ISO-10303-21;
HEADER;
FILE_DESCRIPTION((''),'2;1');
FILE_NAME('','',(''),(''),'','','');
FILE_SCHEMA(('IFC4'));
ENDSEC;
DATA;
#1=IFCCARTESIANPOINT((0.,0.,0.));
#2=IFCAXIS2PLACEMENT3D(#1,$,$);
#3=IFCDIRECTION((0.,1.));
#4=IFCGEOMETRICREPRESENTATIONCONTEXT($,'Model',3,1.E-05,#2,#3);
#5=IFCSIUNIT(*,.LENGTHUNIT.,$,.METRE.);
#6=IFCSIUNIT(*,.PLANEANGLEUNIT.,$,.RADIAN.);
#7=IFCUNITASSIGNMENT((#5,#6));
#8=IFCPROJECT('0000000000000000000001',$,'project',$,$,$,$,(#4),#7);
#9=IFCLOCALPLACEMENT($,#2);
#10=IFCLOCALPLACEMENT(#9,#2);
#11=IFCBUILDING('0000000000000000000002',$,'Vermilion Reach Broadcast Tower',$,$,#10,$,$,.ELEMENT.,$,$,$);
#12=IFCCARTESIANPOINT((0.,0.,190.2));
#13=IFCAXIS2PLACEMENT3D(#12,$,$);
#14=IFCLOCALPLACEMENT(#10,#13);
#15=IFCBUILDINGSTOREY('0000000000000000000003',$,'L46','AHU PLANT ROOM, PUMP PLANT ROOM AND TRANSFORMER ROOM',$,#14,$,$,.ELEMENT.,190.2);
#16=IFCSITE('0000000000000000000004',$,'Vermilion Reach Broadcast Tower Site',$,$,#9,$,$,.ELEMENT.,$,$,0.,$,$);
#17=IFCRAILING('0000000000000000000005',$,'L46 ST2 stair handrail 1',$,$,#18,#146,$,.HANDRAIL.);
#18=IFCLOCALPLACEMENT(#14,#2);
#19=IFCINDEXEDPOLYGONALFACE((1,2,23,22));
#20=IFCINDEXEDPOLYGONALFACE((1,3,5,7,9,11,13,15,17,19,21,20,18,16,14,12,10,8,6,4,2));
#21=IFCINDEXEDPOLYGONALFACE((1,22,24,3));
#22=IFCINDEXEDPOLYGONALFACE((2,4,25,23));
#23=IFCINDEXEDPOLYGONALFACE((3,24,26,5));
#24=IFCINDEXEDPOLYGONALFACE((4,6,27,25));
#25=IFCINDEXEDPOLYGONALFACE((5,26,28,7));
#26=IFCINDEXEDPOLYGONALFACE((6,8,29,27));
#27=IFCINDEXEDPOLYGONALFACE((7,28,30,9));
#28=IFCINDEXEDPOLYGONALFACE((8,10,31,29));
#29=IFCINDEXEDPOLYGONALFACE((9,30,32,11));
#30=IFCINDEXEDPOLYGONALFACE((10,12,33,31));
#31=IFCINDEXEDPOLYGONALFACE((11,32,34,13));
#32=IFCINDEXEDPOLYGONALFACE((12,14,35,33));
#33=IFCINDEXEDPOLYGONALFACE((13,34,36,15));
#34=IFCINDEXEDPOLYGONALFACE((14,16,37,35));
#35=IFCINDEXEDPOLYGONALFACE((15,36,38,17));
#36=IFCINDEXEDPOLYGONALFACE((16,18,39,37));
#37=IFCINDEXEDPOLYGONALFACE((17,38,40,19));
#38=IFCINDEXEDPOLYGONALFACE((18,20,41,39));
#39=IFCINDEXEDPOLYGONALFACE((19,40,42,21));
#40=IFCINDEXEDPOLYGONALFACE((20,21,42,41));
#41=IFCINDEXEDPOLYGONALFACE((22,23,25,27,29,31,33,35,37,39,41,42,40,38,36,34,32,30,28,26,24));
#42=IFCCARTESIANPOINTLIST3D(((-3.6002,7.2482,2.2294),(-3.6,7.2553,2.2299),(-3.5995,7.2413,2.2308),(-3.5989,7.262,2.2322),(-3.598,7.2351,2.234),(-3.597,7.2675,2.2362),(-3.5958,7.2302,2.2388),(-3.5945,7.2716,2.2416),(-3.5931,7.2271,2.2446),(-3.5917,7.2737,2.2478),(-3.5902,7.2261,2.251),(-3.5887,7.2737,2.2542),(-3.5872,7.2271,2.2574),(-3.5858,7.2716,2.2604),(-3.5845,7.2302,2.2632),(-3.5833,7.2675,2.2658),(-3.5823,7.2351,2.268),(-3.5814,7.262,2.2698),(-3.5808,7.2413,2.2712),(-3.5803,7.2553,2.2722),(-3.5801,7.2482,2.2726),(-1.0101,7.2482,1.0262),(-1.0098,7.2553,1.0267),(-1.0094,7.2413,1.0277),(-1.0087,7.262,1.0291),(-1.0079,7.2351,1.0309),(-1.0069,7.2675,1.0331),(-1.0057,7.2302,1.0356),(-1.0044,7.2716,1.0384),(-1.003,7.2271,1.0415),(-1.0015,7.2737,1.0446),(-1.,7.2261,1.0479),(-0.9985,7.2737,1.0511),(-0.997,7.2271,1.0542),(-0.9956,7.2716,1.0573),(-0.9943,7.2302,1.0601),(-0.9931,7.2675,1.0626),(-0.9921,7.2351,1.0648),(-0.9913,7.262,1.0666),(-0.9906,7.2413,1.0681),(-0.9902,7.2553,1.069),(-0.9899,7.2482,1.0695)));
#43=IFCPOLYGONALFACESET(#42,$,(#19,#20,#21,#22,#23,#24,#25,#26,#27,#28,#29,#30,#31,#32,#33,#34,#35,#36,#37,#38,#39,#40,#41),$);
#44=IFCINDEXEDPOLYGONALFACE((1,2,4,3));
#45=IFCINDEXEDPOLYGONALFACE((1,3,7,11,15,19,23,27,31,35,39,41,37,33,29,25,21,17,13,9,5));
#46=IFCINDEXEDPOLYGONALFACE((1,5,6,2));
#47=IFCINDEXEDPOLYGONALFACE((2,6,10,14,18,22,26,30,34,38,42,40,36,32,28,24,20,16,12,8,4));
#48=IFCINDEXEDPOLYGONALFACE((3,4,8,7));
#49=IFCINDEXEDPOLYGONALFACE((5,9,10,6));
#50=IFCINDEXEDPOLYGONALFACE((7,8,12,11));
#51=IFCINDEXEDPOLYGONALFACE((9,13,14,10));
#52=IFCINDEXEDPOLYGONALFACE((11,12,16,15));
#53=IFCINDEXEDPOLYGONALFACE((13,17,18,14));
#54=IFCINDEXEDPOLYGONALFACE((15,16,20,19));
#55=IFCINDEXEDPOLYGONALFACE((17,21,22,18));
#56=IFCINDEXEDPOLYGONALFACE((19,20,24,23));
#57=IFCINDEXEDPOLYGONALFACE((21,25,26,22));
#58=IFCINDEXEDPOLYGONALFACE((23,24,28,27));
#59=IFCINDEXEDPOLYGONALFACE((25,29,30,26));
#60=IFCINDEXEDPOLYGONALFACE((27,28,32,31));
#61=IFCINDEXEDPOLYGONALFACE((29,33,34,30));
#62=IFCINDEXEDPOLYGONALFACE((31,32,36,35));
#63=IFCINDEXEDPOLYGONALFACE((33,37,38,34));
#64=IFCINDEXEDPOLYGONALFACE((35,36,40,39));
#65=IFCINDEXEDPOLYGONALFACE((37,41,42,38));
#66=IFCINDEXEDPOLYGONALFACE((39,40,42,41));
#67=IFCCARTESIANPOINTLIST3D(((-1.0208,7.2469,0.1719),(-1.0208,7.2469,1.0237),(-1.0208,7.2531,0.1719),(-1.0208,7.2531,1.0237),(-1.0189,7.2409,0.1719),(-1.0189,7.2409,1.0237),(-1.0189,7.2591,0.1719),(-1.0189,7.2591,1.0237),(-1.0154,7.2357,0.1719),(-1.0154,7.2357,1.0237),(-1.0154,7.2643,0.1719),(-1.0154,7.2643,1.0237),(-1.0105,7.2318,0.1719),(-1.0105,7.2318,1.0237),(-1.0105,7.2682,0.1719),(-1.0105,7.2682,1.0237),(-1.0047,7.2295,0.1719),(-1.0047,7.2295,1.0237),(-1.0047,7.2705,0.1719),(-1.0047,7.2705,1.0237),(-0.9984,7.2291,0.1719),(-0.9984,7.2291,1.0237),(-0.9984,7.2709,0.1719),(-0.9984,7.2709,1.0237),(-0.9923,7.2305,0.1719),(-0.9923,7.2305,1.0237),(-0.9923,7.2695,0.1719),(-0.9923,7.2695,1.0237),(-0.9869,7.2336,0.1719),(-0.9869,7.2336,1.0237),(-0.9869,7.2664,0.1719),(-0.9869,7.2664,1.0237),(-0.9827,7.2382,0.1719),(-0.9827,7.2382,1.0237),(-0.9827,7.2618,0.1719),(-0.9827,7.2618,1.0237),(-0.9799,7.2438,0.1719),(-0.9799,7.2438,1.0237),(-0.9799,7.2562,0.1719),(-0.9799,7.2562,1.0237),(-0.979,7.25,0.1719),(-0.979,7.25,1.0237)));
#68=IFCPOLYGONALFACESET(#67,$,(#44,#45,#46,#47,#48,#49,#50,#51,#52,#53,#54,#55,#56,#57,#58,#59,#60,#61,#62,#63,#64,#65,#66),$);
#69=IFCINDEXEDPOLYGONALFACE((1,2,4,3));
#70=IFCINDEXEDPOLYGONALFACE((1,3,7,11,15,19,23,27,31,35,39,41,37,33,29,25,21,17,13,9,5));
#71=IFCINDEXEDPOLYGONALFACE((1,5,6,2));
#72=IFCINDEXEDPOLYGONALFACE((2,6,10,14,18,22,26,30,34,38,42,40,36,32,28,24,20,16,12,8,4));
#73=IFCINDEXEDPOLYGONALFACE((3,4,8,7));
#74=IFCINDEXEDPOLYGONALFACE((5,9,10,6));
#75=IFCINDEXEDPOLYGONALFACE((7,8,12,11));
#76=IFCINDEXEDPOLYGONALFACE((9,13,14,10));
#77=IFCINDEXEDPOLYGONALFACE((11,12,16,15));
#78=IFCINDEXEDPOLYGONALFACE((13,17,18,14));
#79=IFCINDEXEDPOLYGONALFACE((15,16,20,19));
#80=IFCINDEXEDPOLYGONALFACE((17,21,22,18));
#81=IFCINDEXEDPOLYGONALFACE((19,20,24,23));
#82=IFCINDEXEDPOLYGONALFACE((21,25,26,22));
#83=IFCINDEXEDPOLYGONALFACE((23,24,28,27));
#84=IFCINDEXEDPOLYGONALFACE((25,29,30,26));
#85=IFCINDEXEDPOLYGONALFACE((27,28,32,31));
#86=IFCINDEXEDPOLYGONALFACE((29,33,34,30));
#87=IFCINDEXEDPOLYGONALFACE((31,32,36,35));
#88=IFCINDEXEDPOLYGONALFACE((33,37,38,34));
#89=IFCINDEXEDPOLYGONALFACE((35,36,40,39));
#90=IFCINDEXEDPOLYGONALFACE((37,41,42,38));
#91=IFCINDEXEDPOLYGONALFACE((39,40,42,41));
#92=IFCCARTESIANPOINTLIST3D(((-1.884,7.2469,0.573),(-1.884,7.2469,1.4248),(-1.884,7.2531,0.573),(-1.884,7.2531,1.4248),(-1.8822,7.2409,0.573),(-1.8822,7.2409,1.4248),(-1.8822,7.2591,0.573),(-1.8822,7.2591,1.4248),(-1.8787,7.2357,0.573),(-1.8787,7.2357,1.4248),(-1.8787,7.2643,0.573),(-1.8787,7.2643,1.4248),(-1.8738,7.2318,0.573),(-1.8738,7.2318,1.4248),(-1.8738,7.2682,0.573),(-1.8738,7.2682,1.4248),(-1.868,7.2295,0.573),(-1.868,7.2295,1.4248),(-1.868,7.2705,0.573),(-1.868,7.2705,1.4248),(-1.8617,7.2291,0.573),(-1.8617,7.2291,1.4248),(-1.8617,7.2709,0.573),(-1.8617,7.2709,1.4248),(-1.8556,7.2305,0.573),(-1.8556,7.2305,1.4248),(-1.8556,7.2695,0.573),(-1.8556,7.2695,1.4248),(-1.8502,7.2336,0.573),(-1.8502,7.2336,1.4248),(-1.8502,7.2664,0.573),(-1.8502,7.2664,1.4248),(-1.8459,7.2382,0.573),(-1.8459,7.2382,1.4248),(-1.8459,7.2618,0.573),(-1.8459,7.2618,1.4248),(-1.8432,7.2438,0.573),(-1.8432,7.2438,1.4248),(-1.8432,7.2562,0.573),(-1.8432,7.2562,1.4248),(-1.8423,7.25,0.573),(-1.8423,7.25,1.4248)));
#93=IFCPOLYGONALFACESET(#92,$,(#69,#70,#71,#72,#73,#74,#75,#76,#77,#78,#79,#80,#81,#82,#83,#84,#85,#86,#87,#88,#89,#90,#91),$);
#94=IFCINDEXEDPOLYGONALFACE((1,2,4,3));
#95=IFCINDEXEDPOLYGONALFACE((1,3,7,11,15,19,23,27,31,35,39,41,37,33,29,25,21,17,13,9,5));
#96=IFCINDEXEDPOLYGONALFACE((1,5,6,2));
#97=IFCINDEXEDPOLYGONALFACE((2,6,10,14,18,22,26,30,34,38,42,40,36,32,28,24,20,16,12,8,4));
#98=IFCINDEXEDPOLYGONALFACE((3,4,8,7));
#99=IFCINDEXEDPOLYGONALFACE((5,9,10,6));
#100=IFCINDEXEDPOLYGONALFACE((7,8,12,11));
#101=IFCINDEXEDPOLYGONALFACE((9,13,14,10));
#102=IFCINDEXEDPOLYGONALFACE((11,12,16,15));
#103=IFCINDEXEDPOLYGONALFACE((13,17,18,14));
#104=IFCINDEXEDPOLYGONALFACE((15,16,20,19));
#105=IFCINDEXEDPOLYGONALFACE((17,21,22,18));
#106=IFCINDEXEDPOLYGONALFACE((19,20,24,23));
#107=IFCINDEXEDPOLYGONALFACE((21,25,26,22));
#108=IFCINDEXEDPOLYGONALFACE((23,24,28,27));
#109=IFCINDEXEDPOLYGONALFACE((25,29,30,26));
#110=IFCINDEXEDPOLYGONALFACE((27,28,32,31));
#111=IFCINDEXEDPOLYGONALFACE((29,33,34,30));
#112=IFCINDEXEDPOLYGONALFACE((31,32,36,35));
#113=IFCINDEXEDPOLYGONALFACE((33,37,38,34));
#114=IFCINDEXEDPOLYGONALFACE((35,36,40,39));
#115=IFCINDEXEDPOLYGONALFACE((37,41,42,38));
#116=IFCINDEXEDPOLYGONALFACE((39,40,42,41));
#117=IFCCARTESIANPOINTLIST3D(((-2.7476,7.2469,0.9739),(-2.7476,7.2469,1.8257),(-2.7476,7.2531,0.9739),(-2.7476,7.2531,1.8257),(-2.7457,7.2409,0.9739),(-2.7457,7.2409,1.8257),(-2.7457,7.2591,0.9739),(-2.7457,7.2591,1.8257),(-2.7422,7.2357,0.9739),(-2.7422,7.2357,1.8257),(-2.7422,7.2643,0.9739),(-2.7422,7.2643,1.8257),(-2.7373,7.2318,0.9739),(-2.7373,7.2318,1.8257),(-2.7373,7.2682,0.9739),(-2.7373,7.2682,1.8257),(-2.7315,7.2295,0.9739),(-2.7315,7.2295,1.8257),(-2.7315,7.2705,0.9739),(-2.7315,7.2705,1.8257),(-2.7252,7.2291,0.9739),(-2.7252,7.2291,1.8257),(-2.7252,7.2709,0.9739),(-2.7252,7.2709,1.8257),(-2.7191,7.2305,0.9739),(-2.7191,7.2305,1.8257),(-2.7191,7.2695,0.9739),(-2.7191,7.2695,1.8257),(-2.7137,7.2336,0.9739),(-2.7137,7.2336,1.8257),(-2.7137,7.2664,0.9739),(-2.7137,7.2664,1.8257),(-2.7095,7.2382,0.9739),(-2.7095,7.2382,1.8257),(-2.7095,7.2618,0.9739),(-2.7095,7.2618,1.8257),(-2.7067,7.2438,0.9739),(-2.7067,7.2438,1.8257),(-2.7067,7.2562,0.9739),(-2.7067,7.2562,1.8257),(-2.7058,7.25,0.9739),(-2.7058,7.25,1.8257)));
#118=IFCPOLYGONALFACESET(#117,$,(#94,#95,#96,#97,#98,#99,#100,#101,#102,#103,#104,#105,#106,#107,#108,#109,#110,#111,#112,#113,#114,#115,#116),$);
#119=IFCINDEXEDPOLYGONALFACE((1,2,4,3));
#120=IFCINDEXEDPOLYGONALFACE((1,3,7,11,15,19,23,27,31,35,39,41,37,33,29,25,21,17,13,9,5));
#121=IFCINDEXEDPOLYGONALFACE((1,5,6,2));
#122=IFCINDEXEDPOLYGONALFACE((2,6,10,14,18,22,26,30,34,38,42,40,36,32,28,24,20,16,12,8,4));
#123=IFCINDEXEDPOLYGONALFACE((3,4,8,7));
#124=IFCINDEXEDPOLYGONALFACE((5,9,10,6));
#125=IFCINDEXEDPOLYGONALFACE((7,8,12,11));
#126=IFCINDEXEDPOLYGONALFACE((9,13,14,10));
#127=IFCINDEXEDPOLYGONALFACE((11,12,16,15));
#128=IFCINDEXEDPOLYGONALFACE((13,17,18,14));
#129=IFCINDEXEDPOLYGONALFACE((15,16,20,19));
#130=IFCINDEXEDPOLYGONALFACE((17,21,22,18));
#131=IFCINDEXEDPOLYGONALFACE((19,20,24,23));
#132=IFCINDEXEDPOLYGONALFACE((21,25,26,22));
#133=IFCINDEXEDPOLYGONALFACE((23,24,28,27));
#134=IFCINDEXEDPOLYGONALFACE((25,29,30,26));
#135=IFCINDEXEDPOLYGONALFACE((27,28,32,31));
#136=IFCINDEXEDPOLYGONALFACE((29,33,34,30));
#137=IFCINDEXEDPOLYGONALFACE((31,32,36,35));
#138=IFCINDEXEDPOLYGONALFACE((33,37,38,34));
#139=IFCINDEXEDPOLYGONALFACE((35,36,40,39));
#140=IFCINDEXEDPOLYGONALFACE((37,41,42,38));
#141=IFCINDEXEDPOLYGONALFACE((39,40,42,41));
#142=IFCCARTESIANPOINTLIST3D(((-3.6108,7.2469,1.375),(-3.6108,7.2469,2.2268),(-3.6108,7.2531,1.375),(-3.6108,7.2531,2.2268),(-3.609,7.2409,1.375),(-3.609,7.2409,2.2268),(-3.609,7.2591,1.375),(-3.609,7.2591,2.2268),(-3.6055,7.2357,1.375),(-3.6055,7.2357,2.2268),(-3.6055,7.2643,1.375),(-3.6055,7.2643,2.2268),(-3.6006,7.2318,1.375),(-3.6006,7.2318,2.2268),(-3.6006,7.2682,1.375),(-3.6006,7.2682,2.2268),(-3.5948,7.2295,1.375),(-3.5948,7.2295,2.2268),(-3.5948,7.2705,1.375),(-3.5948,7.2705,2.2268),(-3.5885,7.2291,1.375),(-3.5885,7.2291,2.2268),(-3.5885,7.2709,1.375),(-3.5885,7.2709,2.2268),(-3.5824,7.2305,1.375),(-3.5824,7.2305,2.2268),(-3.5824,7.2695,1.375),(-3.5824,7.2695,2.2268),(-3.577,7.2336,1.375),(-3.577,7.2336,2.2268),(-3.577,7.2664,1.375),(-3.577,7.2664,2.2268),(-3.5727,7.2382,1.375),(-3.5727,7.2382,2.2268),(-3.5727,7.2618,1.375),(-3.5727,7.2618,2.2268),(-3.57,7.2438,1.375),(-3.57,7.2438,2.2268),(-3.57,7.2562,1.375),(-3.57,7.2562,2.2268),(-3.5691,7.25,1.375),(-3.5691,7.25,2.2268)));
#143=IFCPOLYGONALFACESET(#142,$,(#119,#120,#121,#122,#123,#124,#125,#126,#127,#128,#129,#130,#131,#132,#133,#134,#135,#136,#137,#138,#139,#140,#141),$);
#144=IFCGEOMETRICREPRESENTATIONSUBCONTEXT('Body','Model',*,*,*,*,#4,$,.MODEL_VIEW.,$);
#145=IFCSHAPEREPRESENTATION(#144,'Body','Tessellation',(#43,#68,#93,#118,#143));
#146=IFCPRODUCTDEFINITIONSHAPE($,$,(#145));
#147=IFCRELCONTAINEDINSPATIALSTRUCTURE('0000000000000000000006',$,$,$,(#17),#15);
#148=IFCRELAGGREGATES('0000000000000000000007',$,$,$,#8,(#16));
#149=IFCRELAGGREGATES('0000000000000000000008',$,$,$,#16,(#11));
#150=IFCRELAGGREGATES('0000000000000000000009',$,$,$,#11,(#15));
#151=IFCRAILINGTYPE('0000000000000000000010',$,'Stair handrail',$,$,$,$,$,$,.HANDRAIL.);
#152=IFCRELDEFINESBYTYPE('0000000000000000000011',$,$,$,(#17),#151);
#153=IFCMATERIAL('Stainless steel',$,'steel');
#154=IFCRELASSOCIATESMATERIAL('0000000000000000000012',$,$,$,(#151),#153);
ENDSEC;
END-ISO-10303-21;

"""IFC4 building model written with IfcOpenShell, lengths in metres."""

from ifc_helpers import new_model, si_unit, direction, frame, origin, origin_2d, place, context, subcontext, project, spatial, circle, extrude, material, type_object, element, save


model = new_model("IFC4")

# Units and contexts
model_context = context("Model", 3, precision=1e-05, world=origin(), true_north=direction((0.0, 1.0)))
body_context = subcontext(model_context, "Body", "Model", "MODEL_VIEW")
ifc_project = project(units=[si_unit("LENGTHUNIT", "METRE"), si_unit("PLANEANGLEUNIT", "RADIAN")], contexts=[model_context])

# Site, building, storey
site_placement = place(None, origin())
site = spatial("IfcSite", under=ifc_project, at=site_placement, Name="Vermilion Reach Broadcast Tower Site", CompositionType="ELEMENT", RefElevation=0.0)
building_placement = place(site_placement, origin())
building = spatial("IfcBuilding", under=site, at=building_placement, Name="Vermilion Reach Broadcast Tower", CompositionType="ELEMENT")
storey_placement = place(building_placement, frame((0.0, 0.0, 190.2)))
storey = spatial("IfcBuildingStorey", under=building, at=storey_placement, Name="L46", Description="AHU PLANT ROOM, PUMP PLANT ROOM AND TRANSFORMER ROOM", CompositionType="ELEMENT", Elevation=190.2)

# Railing
ifc_material_1 = material(Name="Stainless steel", Category="steel")
railing_type_1 = type_object("IfcRailingType", Name="Stair handrail", PredefinedType="HANDRAIL", material=ifc_material_1)
railing_1_placement = place(storey_placement, frame((-1.0, 7.25, 0.1719)))
element("IfcRailing", 1, at=railing_1_placement, inside=storey, type_object=railing_type_1, Name="L46 ST2 stair handrail 1", PredefinedType="HANDRAIL", context=body_context, shape_type="SweptSolid", body=[
    extrude(circle(Radius=0.0239, at=origin_2d()), frame((0.0, 0.0, 0.876), z_axis=(-0.906931, 0.0, 0.42128), x_axis=(0.0, -1.0, 0.0)), (0.0, 0.0, 1.0), 2.856),
    extrude(circle(Radius=0.021, at=origin_2d()), origin(), (0.0, 0.0, 1.0), 0.8518),
    extrude(circle(Radius=0.021, at=origin_2d()), frame((-0.8633, 0.0, 0.4011)), (0.0, 0.0, 1.0), 0.8518),
    extrude(circle(Radius=0.021, at=origin_2d()), frame((-1.7268, 0.0, 0.802)), (0.0, 0.0, 1.0), 0.8518),
    extrude(circle(Radius=0.021, at=origin_2d()), frame((-2.5901, 0.0, 1.2031)), (0.0, 0.0, 1.0), 0.8518),
])

save(model, "model.ifc")
